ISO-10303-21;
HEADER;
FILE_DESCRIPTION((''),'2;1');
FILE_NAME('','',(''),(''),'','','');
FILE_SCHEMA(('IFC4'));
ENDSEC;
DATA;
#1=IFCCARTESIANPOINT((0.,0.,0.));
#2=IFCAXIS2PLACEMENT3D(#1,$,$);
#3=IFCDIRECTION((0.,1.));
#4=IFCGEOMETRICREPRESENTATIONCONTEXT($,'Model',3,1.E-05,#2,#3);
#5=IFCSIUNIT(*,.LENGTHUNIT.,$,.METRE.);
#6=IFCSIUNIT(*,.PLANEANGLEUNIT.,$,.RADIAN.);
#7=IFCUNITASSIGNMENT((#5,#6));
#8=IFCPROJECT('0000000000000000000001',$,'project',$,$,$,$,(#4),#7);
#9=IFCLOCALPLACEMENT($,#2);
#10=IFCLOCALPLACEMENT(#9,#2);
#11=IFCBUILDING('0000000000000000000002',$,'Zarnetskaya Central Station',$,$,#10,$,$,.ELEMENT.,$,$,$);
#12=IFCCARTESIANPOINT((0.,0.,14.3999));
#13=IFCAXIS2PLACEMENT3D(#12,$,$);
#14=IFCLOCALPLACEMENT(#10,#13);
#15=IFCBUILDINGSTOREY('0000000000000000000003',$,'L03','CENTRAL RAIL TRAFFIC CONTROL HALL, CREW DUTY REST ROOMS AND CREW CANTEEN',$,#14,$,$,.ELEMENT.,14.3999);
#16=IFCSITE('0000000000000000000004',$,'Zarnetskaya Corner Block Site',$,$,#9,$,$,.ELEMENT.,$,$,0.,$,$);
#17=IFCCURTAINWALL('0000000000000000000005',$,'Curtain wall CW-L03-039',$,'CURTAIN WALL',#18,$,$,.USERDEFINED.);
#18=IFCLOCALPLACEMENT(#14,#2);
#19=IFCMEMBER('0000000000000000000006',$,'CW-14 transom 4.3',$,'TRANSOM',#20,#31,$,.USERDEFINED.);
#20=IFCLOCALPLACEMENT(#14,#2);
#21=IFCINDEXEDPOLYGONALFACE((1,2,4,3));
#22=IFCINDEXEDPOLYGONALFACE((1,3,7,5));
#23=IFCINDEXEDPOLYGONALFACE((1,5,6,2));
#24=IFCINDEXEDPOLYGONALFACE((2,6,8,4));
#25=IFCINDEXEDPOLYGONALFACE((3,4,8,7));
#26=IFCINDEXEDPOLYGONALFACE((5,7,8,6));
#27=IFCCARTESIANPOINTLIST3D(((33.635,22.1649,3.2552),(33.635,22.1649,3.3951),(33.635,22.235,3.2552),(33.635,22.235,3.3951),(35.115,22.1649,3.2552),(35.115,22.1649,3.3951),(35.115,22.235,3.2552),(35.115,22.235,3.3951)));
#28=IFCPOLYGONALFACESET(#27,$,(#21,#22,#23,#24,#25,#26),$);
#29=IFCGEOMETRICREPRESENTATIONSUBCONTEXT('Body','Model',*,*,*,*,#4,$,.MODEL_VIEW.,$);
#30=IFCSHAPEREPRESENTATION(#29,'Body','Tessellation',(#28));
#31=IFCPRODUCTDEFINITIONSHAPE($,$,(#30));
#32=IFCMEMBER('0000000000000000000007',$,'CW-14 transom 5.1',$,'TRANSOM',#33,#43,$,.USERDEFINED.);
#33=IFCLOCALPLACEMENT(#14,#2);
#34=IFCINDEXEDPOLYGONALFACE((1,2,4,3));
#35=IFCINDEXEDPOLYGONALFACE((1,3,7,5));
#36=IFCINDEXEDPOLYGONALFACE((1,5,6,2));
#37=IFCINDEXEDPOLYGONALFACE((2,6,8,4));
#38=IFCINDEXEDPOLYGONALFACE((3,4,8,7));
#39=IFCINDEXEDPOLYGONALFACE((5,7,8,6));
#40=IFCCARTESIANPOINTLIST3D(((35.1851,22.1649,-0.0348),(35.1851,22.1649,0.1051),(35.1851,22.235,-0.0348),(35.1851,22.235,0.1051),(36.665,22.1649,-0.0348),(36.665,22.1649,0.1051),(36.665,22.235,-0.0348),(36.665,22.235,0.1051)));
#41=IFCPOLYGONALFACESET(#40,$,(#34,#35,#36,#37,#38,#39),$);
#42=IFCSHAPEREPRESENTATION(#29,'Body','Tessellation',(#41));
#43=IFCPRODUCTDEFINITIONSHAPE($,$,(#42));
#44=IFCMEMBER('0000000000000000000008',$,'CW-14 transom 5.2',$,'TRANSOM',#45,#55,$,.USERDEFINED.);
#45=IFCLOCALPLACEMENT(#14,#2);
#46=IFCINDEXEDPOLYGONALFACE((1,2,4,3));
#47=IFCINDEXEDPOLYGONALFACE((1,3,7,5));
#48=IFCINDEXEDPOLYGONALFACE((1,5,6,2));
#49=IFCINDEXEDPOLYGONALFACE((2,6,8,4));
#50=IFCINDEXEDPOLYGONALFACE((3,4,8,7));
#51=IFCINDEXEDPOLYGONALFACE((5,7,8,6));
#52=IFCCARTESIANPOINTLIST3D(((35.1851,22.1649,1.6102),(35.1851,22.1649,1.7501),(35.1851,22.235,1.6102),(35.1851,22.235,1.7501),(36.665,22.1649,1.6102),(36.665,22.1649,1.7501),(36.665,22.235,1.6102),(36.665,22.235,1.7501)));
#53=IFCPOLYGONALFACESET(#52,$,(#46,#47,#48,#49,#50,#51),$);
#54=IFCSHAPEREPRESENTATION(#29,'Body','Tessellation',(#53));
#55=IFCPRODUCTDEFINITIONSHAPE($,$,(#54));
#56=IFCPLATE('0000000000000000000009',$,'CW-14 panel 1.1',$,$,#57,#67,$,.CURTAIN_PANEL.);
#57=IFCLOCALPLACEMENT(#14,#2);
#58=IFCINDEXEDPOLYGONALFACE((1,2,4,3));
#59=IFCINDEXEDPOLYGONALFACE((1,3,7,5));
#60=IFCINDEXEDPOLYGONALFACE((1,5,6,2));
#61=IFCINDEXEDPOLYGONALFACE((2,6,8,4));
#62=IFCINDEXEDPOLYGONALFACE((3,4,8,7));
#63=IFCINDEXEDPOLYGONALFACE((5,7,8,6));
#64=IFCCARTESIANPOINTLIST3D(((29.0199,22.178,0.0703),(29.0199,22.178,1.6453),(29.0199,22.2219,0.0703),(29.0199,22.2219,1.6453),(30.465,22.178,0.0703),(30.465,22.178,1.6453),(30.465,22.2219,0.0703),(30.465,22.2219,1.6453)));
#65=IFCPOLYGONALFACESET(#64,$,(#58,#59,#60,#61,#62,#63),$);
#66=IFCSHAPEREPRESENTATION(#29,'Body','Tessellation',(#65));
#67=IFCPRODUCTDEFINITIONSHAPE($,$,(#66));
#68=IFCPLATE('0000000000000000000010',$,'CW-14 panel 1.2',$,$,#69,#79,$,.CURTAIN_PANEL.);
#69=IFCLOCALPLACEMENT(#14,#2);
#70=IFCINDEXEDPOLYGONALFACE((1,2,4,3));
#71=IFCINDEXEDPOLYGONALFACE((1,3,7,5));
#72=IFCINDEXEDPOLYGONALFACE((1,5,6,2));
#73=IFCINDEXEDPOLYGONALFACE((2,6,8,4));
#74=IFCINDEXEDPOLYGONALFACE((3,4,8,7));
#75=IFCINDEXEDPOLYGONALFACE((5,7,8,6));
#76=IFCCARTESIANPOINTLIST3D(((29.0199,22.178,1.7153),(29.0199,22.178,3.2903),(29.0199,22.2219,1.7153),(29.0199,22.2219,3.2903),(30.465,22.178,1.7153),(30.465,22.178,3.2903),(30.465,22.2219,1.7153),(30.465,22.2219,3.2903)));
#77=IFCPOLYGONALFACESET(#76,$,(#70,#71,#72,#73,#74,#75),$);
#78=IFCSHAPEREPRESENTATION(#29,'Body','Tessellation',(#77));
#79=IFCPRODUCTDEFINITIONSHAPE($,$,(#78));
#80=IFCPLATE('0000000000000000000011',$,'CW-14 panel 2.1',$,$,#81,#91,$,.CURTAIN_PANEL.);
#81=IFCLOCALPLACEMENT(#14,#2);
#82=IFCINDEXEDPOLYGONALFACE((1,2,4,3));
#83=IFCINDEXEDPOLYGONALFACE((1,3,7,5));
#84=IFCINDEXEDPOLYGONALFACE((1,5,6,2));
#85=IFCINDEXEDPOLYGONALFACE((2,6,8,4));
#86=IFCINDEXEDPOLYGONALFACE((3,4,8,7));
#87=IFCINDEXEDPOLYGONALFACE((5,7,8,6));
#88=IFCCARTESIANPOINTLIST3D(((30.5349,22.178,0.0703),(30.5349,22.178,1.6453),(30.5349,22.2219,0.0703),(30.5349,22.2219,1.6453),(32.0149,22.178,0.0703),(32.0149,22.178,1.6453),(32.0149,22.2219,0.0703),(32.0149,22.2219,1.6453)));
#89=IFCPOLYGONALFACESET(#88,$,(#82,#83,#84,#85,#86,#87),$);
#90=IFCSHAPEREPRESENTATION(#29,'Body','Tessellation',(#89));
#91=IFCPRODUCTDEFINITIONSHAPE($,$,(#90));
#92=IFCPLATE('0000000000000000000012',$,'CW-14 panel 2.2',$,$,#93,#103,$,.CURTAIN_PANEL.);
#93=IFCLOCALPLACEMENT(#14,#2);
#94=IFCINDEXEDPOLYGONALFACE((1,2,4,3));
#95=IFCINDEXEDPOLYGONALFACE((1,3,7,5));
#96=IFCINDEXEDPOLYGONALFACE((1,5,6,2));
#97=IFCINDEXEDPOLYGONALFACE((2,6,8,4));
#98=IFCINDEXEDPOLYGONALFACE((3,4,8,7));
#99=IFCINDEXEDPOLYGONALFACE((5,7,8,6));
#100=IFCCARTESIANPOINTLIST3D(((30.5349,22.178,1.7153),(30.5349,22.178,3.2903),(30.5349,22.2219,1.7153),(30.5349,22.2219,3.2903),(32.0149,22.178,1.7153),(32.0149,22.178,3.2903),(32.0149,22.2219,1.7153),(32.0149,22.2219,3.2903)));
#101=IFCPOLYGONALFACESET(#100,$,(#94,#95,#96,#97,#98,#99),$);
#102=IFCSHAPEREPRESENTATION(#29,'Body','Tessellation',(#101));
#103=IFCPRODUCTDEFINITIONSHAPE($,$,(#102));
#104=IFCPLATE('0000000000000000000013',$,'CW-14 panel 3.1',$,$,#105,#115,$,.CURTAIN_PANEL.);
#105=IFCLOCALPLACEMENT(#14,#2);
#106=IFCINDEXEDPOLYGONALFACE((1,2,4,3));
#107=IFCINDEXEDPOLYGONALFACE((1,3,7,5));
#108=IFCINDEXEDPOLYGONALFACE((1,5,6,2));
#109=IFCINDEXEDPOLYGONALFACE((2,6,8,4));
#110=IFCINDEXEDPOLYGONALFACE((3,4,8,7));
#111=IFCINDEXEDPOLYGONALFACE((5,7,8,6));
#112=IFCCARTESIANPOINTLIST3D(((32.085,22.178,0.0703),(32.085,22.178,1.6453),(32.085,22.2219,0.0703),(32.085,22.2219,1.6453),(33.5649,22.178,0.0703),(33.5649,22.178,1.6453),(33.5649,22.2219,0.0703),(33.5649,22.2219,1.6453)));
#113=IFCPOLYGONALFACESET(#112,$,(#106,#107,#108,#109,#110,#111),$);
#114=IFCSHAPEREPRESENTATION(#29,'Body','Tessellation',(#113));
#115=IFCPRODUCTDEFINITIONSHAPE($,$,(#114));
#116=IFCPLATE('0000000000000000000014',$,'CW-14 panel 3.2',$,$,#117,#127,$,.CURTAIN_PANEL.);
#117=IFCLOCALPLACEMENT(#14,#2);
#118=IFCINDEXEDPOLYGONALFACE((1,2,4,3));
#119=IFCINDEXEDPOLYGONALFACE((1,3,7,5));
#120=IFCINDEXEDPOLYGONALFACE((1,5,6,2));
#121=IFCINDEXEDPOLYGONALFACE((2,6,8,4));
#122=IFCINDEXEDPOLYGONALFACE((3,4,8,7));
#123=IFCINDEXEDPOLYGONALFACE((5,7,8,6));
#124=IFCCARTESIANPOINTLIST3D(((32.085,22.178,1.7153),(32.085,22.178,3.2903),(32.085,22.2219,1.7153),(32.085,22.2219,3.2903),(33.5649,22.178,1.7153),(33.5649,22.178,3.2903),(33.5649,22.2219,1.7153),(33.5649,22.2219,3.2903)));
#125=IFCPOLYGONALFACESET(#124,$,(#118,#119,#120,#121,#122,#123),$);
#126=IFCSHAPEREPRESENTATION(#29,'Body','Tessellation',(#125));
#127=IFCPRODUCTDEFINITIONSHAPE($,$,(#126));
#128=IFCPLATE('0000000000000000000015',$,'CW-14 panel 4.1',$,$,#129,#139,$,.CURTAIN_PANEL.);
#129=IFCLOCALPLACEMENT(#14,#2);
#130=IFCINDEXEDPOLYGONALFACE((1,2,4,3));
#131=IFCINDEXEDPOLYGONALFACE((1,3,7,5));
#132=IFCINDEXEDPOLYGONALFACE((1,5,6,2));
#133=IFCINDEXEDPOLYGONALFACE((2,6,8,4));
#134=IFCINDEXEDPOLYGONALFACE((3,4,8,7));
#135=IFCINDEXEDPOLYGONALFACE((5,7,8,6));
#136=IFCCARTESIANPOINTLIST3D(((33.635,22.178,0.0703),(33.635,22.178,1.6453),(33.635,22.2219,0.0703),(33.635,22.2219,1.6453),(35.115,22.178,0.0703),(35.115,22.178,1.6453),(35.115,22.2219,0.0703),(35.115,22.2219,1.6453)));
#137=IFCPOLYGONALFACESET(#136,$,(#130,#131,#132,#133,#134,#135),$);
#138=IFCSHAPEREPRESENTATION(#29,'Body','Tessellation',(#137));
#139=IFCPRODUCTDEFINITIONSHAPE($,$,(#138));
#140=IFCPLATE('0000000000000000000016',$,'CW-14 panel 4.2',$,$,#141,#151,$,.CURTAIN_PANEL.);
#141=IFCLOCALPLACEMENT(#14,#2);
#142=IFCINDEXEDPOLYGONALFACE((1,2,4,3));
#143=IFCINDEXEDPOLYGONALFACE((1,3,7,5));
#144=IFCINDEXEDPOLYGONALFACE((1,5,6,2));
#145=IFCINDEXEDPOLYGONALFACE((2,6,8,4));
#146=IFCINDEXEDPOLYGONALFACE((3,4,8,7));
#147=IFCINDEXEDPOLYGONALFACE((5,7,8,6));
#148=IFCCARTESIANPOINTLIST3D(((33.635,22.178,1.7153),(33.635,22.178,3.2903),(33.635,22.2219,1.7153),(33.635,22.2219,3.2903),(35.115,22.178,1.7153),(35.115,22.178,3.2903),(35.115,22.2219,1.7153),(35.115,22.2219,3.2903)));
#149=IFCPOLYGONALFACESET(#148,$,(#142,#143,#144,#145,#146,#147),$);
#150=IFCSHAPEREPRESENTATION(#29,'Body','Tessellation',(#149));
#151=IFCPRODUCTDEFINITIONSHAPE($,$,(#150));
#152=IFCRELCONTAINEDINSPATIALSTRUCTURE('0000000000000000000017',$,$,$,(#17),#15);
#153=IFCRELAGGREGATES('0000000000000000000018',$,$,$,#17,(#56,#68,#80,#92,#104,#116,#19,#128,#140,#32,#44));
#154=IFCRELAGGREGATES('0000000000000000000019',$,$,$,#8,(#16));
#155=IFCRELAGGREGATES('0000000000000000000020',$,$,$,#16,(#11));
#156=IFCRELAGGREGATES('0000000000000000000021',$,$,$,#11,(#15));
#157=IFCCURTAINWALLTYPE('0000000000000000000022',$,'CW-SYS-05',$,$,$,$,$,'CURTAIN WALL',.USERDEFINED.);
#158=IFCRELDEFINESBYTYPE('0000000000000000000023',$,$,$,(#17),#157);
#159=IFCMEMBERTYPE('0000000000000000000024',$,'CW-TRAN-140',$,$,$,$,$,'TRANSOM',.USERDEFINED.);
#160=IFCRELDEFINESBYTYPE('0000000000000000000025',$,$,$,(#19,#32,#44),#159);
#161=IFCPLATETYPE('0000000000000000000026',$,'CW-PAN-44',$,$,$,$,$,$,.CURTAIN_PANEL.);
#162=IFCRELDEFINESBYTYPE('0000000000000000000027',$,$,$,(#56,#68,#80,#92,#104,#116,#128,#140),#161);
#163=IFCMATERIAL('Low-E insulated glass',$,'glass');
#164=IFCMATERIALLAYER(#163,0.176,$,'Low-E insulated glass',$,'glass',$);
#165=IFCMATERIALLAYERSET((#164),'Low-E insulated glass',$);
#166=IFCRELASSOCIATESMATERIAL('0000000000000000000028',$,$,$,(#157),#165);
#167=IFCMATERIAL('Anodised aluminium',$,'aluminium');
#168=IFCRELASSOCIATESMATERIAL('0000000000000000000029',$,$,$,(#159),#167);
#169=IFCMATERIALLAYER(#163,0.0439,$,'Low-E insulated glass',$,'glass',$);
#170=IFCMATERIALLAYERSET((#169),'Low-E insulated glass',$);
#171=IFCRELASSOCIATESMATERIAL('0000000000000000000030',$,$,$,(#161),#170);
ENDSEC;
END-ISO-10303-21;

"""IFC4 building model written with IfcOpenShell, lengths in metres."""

from ifc_helpers import new_model, si_unit, direction, frame, origin, origin_2d, place, context, subcontext, project, spatial, rectangle, extrude, material, layer, layer_set, material_profile, profile_set, type_object, element, aggregate, save


model = new_model("IFC4")

# Units and contexts
model_context = context("Model", 3, precision=1e-05, world=origin(), true_north=direction((0.0, 1.0)))
body_context = subcontext(model_context, "Body", "Model", "MODEL_VIEW")
ifc_project = project(units=[si_unit("LENGTHUNIT", "METRE"), si_unit("PLANEANGLEUNIT", "RADIAN")], contexts=[model_context])

# Site, building, storey
site_placement = place(None, origin())
site = spatial("IfcSite", under=ifc_project, at=site_placement, Name="Zarnetskaya Corner Block Site", CompositionType="ELEMENT", RefElevation=0.0)
building_placement = place(site_placement, origin())
building = spatial("IfcBuilding", under=site, at=building_placement, Name="Zarnetskaya Central Station", CompositionType="ELEMENT")
storey_placement = place(building_placement, frame((0.0, 0.0, 14.3999)))
storey = spatial("IfcBuildingStorey", under=building, at=storey_placement, Name="L03", Description="CENTRAL RAIL TRAFFIC CONTROL HALL, CREW DUTY REST ROOMS AND CREW CANTEEN", CompositionType="ELEMENT", Elevation=14.3999)

# Curtain wall, members, plates
ifc_material_1 = material(Name="Low-E insulated glass", Category="glass")
ifc_layer_1 = layer(ifc_material_1, 0.176, Name="Low-E insulated glass", Category="glass")
ifc_layer_set_1 = layer_set([ifc_layer_1], Name="Low-E insulated glass")
curtain_wall_type = type_object("IfcCurtainWallType", Name="CW-SYS-05", ElementType="CURTAIN WALL", PredefinedType="USERDEFINED", material=ifc_layer_set_1)
curtain_wall_placement = place(storey_placement, origin())
curtain_wall = element("IfcCurtainWall", 1, at=curtain_wall_placement, inside=storey, type_object=curtain_wall_type, Name="Curtain wall CW-L03-039", ObjectType="CURTAIN WALL", PredefinedType="USERDEFINED")
ifc_material_2 = material(Name="Anodised aluminium", Category="aluminium")
ifc_material_profile_1 = material_profile(ifc_material_2, rectangle(XDim=0.0701, YDim=0.1399, at=origin_2d()), Name="ALU TRAN 70x140")
ifc_profile_set_1 = profile_set([ifc_material_profile_1], Name="Anodised aluminium")
member_type_1 = type_object("IfcMemberType", Name="CW-TRAN-140", ElementType="TRANSOM", PredefinedType="USERDEFINED", material=ifc_profile_set_1)
member_1_placement = place(storey_placement, frame((33.635, 22.2, 3.3252), z_axis=(1.0, 0.0, 0.0), x_axis=(0.0, 1.0, 0.0)))
member_1 = element("IfcMember", 2, at=member_1_placement, type_object=member_type_1, Name="CW-14 transom 4.3", ObjectType="TRANSOM", PredefinedType="USERDEFINED", context=body_context, shape_type="SweptSolid", body=[
    extrude(rectangle(XDim=0.0701, YDim=0.1399, at=origin_2d()), origin(), (0.0, 0.0, 1.0), 1.48),
])
member_2_placement = place(storey_placement, frame((35.1851, 22.2, 0.0352), z_axis=(1.0, 0.0, 0.0), x_axis=(0.0, 1.0, 0.0)))
member_2 = element("IfcMember", 3, at=member_2_placement, type_object=member_type_1, Name="CW-14 transom 5.1", ObjectType="TRANSOM", PredefinedType="USERDEFINED", context=body_context, shape_type="SweptSolid", body=[
    extrude(rectangle(XDim=0.0701, YDim=0.1399, at=origin_2d()), origin(), (0.0, 0.0, 1.0), 1.48),
])
member_3_placement = place(storey_placement, frame((35.1851, 22.2, 1.6802), z_axis=(1.0, 0.0, 0.0), x_axis=(0.0, 1.0, 0.0)))
member_3 = element("IfcMember", 4, at=member_3_placement, type_object=member_type_1, Name="CW-14 transom 5.2", ObjectType="TRANSOM", PredefinedType="USERDEFINED", context=body_context, shape_type="SweptSolid", body=[
    extrude(rectangle(XDim=0.0701, YDim=0.1399, at=origin_2d()), origin(), (0.0, 0.0, 1.0), 1.48),
])
ifc_layer_2 = layer(ifc_material_1, 0.0439, Name="Low-E insulated glass", Category="glass")
ifc_layer_set_2 = layer_set([ifc_layer_2], Name="Low-E insulated glass")
plate_type = type_object("IfcPlateType", Name="CW-PAN-44", PredefinedType="CURTAIN_PANEL", material=ifc_layer_set_2)
plate_1_placement = place(storey_placement, frame((29.7424, 22.2, 0.0703), z_axis=(0.0, 0.0, 1.0), x_axis=(1.0, 0.0, 0.0)))
plate_1 = element("IfcPlate", 5, at=plate_1_placement, type_object=plate_type, Name="CW-14 panel 1.1", PredefinedType="CURTAIN_PANEL", context=body_context, shape_type="SweptSolid", body=[
    extrude(rectangle(XDim=1.4451, YDim=0.0439, at=origin_2d()), origin(), (0.0, 0.0, 1.0), 1.575),
])
plate_2_placement = place(storey_placement, frame((29.7424, 22.2, 1.7153), z_axis=(0.0, 0.0, 1.0), x_axis=(1.0, 0.0, 0.0)))
plate_2 = element("IfcPlate", 6, at=plate_2_placement, type_object=plate_type, Name="CW-14 panel 1.2", PredefinedType="CURTAIN_PANEL", context=body_context, shape_type="SweptSolid", body=[
    extrude(rectangle(XDim=1.4451, YDim=0.0439, at=origin_2d()), origin(), (0.0, 0.0, 1.0), 1.575),
])
plate_3_placement = place(storey_placement, frame((31.2749, 22.2, 0.0703), z_axis=(0.0, 0.0, 1.0), x_axis=(1.0, 0.0, 0.0)))
plate_3 = element("IfcPlate", 7, at=plate_3_placement, type_object=plate_type, Name="CW-14 panel 2.1", PredefinedType="CURTAIN_PANEL", context=body_context, shape_type="SweptSolid", body=[
    extrude(rectangle(XDim=1.48, YDim=0.0439, at=origin_2d()), origin(), (0.0, 0.0, 1.0), 1.575),
])
plate_4_placement = place(storey_placement, frame((31.2749, 22.2, 1.7153), z_axis=(0.0, 0.0, 1.0), x_axis=(1.0, 0.0, 0.0)))
plate_4 = element("IfcPlate", 8, at=plate_4_placement, type_object=plate_type, Name="CW-14 panel 2.2", PredefinedType="CURTAIN_PANEL", context=body_context, shape_type="SweptSolid", body=[
    extrude(rectangle(XDim=1.48, YDim=0.0439, at=origin_2d()), origin(), (0.0, 0.0, 1.0), 1.575),
])
plate_5_placement = place(storey_placement, frame((32.825, 22.2, 0.0703), z_axis=(0.0, 0.0, 1.0), x_axis=(1.0, 0.0, 0.0)))
plate_5 = element("IfcPlate", 9, at=plate_5_placement, type_object=plate_type, Name="CW-14 panel 3.1", PredefinedType="CURTAIN_PANEL", context=body_context, shape_type="SweptSolid", body=[
    extrude(rectangle(XDim=1.48, YDim=0.0439, at=origin_2d()), origin(), (0.0, 0.0, 1.0), 1.575),
])
plate_6_placement = place(storey_placement, frame((32.825, 22.2, 1.7153), z_axis=(0.0, 0.0, 1.0), x_axis=(1.0, 0.0, 0.0)))
plate_6 = element("IfcPlate", 10, at=plate_6_placement, type_object=plate_type, Name="CW-14 panel 3.2", PredefinedType="CURTAIN_PANEL", context=body_context, shape_type="SweptSolid", body=[
    extrude(rectangle(XDim=1.48, YDim=0.0439, at=origin_2d()), origin(), (0.0, 0.0, 1.0), 1.575),
])
plate_7_placement = place(storey_placement, frame((34.375, 22.2, 0.0703), z_axis=(0.0, 0.0, 1.0), x_axis=(1.0, 0.0, 0.0)))
plate_7 = element("IfcPlate", 11, at=plate_7_placement, type_object=plate_type, Name="CW-14 panel 4.1", PredefinedType="CURTAIN_PANEL", context=body_context, shape_type="SweptSolid", body=[
    extrude(rectangle(XDim=1.48, YDim=0.0439, at=origin_2d()), origin(), (0.0, 0.0, 1.0), 1.575),
])
plate_8_placement = place(storey_placement, frame((34.375, 22.2, 1.7153), z_axis=(0.0, 0.0, 1.0), x_axis=(1.0, 0.0, 0.0)))
plate_8 = element("IfcPlate", 12, at=plate_8_placement, type_object=plate_type, Name="CW-14 panel 4.2", PredefinedType="CURTAIN_PANEL", context=body_context, shape_type="SweptSolid", body=[
    extrude(rectangle(XDim=1.48, YDim=0.0439, at=origin_2d()), origin(), (0.0, 0.0, 1.0), 1.575),
])
aggregate(curtain_wall, [plate_1, plate_2, plate_3, plate_4, plate_5, plate_6, member_1, plate_7, plate_8, member_2, member_3])

save(model, "model.ifc")
